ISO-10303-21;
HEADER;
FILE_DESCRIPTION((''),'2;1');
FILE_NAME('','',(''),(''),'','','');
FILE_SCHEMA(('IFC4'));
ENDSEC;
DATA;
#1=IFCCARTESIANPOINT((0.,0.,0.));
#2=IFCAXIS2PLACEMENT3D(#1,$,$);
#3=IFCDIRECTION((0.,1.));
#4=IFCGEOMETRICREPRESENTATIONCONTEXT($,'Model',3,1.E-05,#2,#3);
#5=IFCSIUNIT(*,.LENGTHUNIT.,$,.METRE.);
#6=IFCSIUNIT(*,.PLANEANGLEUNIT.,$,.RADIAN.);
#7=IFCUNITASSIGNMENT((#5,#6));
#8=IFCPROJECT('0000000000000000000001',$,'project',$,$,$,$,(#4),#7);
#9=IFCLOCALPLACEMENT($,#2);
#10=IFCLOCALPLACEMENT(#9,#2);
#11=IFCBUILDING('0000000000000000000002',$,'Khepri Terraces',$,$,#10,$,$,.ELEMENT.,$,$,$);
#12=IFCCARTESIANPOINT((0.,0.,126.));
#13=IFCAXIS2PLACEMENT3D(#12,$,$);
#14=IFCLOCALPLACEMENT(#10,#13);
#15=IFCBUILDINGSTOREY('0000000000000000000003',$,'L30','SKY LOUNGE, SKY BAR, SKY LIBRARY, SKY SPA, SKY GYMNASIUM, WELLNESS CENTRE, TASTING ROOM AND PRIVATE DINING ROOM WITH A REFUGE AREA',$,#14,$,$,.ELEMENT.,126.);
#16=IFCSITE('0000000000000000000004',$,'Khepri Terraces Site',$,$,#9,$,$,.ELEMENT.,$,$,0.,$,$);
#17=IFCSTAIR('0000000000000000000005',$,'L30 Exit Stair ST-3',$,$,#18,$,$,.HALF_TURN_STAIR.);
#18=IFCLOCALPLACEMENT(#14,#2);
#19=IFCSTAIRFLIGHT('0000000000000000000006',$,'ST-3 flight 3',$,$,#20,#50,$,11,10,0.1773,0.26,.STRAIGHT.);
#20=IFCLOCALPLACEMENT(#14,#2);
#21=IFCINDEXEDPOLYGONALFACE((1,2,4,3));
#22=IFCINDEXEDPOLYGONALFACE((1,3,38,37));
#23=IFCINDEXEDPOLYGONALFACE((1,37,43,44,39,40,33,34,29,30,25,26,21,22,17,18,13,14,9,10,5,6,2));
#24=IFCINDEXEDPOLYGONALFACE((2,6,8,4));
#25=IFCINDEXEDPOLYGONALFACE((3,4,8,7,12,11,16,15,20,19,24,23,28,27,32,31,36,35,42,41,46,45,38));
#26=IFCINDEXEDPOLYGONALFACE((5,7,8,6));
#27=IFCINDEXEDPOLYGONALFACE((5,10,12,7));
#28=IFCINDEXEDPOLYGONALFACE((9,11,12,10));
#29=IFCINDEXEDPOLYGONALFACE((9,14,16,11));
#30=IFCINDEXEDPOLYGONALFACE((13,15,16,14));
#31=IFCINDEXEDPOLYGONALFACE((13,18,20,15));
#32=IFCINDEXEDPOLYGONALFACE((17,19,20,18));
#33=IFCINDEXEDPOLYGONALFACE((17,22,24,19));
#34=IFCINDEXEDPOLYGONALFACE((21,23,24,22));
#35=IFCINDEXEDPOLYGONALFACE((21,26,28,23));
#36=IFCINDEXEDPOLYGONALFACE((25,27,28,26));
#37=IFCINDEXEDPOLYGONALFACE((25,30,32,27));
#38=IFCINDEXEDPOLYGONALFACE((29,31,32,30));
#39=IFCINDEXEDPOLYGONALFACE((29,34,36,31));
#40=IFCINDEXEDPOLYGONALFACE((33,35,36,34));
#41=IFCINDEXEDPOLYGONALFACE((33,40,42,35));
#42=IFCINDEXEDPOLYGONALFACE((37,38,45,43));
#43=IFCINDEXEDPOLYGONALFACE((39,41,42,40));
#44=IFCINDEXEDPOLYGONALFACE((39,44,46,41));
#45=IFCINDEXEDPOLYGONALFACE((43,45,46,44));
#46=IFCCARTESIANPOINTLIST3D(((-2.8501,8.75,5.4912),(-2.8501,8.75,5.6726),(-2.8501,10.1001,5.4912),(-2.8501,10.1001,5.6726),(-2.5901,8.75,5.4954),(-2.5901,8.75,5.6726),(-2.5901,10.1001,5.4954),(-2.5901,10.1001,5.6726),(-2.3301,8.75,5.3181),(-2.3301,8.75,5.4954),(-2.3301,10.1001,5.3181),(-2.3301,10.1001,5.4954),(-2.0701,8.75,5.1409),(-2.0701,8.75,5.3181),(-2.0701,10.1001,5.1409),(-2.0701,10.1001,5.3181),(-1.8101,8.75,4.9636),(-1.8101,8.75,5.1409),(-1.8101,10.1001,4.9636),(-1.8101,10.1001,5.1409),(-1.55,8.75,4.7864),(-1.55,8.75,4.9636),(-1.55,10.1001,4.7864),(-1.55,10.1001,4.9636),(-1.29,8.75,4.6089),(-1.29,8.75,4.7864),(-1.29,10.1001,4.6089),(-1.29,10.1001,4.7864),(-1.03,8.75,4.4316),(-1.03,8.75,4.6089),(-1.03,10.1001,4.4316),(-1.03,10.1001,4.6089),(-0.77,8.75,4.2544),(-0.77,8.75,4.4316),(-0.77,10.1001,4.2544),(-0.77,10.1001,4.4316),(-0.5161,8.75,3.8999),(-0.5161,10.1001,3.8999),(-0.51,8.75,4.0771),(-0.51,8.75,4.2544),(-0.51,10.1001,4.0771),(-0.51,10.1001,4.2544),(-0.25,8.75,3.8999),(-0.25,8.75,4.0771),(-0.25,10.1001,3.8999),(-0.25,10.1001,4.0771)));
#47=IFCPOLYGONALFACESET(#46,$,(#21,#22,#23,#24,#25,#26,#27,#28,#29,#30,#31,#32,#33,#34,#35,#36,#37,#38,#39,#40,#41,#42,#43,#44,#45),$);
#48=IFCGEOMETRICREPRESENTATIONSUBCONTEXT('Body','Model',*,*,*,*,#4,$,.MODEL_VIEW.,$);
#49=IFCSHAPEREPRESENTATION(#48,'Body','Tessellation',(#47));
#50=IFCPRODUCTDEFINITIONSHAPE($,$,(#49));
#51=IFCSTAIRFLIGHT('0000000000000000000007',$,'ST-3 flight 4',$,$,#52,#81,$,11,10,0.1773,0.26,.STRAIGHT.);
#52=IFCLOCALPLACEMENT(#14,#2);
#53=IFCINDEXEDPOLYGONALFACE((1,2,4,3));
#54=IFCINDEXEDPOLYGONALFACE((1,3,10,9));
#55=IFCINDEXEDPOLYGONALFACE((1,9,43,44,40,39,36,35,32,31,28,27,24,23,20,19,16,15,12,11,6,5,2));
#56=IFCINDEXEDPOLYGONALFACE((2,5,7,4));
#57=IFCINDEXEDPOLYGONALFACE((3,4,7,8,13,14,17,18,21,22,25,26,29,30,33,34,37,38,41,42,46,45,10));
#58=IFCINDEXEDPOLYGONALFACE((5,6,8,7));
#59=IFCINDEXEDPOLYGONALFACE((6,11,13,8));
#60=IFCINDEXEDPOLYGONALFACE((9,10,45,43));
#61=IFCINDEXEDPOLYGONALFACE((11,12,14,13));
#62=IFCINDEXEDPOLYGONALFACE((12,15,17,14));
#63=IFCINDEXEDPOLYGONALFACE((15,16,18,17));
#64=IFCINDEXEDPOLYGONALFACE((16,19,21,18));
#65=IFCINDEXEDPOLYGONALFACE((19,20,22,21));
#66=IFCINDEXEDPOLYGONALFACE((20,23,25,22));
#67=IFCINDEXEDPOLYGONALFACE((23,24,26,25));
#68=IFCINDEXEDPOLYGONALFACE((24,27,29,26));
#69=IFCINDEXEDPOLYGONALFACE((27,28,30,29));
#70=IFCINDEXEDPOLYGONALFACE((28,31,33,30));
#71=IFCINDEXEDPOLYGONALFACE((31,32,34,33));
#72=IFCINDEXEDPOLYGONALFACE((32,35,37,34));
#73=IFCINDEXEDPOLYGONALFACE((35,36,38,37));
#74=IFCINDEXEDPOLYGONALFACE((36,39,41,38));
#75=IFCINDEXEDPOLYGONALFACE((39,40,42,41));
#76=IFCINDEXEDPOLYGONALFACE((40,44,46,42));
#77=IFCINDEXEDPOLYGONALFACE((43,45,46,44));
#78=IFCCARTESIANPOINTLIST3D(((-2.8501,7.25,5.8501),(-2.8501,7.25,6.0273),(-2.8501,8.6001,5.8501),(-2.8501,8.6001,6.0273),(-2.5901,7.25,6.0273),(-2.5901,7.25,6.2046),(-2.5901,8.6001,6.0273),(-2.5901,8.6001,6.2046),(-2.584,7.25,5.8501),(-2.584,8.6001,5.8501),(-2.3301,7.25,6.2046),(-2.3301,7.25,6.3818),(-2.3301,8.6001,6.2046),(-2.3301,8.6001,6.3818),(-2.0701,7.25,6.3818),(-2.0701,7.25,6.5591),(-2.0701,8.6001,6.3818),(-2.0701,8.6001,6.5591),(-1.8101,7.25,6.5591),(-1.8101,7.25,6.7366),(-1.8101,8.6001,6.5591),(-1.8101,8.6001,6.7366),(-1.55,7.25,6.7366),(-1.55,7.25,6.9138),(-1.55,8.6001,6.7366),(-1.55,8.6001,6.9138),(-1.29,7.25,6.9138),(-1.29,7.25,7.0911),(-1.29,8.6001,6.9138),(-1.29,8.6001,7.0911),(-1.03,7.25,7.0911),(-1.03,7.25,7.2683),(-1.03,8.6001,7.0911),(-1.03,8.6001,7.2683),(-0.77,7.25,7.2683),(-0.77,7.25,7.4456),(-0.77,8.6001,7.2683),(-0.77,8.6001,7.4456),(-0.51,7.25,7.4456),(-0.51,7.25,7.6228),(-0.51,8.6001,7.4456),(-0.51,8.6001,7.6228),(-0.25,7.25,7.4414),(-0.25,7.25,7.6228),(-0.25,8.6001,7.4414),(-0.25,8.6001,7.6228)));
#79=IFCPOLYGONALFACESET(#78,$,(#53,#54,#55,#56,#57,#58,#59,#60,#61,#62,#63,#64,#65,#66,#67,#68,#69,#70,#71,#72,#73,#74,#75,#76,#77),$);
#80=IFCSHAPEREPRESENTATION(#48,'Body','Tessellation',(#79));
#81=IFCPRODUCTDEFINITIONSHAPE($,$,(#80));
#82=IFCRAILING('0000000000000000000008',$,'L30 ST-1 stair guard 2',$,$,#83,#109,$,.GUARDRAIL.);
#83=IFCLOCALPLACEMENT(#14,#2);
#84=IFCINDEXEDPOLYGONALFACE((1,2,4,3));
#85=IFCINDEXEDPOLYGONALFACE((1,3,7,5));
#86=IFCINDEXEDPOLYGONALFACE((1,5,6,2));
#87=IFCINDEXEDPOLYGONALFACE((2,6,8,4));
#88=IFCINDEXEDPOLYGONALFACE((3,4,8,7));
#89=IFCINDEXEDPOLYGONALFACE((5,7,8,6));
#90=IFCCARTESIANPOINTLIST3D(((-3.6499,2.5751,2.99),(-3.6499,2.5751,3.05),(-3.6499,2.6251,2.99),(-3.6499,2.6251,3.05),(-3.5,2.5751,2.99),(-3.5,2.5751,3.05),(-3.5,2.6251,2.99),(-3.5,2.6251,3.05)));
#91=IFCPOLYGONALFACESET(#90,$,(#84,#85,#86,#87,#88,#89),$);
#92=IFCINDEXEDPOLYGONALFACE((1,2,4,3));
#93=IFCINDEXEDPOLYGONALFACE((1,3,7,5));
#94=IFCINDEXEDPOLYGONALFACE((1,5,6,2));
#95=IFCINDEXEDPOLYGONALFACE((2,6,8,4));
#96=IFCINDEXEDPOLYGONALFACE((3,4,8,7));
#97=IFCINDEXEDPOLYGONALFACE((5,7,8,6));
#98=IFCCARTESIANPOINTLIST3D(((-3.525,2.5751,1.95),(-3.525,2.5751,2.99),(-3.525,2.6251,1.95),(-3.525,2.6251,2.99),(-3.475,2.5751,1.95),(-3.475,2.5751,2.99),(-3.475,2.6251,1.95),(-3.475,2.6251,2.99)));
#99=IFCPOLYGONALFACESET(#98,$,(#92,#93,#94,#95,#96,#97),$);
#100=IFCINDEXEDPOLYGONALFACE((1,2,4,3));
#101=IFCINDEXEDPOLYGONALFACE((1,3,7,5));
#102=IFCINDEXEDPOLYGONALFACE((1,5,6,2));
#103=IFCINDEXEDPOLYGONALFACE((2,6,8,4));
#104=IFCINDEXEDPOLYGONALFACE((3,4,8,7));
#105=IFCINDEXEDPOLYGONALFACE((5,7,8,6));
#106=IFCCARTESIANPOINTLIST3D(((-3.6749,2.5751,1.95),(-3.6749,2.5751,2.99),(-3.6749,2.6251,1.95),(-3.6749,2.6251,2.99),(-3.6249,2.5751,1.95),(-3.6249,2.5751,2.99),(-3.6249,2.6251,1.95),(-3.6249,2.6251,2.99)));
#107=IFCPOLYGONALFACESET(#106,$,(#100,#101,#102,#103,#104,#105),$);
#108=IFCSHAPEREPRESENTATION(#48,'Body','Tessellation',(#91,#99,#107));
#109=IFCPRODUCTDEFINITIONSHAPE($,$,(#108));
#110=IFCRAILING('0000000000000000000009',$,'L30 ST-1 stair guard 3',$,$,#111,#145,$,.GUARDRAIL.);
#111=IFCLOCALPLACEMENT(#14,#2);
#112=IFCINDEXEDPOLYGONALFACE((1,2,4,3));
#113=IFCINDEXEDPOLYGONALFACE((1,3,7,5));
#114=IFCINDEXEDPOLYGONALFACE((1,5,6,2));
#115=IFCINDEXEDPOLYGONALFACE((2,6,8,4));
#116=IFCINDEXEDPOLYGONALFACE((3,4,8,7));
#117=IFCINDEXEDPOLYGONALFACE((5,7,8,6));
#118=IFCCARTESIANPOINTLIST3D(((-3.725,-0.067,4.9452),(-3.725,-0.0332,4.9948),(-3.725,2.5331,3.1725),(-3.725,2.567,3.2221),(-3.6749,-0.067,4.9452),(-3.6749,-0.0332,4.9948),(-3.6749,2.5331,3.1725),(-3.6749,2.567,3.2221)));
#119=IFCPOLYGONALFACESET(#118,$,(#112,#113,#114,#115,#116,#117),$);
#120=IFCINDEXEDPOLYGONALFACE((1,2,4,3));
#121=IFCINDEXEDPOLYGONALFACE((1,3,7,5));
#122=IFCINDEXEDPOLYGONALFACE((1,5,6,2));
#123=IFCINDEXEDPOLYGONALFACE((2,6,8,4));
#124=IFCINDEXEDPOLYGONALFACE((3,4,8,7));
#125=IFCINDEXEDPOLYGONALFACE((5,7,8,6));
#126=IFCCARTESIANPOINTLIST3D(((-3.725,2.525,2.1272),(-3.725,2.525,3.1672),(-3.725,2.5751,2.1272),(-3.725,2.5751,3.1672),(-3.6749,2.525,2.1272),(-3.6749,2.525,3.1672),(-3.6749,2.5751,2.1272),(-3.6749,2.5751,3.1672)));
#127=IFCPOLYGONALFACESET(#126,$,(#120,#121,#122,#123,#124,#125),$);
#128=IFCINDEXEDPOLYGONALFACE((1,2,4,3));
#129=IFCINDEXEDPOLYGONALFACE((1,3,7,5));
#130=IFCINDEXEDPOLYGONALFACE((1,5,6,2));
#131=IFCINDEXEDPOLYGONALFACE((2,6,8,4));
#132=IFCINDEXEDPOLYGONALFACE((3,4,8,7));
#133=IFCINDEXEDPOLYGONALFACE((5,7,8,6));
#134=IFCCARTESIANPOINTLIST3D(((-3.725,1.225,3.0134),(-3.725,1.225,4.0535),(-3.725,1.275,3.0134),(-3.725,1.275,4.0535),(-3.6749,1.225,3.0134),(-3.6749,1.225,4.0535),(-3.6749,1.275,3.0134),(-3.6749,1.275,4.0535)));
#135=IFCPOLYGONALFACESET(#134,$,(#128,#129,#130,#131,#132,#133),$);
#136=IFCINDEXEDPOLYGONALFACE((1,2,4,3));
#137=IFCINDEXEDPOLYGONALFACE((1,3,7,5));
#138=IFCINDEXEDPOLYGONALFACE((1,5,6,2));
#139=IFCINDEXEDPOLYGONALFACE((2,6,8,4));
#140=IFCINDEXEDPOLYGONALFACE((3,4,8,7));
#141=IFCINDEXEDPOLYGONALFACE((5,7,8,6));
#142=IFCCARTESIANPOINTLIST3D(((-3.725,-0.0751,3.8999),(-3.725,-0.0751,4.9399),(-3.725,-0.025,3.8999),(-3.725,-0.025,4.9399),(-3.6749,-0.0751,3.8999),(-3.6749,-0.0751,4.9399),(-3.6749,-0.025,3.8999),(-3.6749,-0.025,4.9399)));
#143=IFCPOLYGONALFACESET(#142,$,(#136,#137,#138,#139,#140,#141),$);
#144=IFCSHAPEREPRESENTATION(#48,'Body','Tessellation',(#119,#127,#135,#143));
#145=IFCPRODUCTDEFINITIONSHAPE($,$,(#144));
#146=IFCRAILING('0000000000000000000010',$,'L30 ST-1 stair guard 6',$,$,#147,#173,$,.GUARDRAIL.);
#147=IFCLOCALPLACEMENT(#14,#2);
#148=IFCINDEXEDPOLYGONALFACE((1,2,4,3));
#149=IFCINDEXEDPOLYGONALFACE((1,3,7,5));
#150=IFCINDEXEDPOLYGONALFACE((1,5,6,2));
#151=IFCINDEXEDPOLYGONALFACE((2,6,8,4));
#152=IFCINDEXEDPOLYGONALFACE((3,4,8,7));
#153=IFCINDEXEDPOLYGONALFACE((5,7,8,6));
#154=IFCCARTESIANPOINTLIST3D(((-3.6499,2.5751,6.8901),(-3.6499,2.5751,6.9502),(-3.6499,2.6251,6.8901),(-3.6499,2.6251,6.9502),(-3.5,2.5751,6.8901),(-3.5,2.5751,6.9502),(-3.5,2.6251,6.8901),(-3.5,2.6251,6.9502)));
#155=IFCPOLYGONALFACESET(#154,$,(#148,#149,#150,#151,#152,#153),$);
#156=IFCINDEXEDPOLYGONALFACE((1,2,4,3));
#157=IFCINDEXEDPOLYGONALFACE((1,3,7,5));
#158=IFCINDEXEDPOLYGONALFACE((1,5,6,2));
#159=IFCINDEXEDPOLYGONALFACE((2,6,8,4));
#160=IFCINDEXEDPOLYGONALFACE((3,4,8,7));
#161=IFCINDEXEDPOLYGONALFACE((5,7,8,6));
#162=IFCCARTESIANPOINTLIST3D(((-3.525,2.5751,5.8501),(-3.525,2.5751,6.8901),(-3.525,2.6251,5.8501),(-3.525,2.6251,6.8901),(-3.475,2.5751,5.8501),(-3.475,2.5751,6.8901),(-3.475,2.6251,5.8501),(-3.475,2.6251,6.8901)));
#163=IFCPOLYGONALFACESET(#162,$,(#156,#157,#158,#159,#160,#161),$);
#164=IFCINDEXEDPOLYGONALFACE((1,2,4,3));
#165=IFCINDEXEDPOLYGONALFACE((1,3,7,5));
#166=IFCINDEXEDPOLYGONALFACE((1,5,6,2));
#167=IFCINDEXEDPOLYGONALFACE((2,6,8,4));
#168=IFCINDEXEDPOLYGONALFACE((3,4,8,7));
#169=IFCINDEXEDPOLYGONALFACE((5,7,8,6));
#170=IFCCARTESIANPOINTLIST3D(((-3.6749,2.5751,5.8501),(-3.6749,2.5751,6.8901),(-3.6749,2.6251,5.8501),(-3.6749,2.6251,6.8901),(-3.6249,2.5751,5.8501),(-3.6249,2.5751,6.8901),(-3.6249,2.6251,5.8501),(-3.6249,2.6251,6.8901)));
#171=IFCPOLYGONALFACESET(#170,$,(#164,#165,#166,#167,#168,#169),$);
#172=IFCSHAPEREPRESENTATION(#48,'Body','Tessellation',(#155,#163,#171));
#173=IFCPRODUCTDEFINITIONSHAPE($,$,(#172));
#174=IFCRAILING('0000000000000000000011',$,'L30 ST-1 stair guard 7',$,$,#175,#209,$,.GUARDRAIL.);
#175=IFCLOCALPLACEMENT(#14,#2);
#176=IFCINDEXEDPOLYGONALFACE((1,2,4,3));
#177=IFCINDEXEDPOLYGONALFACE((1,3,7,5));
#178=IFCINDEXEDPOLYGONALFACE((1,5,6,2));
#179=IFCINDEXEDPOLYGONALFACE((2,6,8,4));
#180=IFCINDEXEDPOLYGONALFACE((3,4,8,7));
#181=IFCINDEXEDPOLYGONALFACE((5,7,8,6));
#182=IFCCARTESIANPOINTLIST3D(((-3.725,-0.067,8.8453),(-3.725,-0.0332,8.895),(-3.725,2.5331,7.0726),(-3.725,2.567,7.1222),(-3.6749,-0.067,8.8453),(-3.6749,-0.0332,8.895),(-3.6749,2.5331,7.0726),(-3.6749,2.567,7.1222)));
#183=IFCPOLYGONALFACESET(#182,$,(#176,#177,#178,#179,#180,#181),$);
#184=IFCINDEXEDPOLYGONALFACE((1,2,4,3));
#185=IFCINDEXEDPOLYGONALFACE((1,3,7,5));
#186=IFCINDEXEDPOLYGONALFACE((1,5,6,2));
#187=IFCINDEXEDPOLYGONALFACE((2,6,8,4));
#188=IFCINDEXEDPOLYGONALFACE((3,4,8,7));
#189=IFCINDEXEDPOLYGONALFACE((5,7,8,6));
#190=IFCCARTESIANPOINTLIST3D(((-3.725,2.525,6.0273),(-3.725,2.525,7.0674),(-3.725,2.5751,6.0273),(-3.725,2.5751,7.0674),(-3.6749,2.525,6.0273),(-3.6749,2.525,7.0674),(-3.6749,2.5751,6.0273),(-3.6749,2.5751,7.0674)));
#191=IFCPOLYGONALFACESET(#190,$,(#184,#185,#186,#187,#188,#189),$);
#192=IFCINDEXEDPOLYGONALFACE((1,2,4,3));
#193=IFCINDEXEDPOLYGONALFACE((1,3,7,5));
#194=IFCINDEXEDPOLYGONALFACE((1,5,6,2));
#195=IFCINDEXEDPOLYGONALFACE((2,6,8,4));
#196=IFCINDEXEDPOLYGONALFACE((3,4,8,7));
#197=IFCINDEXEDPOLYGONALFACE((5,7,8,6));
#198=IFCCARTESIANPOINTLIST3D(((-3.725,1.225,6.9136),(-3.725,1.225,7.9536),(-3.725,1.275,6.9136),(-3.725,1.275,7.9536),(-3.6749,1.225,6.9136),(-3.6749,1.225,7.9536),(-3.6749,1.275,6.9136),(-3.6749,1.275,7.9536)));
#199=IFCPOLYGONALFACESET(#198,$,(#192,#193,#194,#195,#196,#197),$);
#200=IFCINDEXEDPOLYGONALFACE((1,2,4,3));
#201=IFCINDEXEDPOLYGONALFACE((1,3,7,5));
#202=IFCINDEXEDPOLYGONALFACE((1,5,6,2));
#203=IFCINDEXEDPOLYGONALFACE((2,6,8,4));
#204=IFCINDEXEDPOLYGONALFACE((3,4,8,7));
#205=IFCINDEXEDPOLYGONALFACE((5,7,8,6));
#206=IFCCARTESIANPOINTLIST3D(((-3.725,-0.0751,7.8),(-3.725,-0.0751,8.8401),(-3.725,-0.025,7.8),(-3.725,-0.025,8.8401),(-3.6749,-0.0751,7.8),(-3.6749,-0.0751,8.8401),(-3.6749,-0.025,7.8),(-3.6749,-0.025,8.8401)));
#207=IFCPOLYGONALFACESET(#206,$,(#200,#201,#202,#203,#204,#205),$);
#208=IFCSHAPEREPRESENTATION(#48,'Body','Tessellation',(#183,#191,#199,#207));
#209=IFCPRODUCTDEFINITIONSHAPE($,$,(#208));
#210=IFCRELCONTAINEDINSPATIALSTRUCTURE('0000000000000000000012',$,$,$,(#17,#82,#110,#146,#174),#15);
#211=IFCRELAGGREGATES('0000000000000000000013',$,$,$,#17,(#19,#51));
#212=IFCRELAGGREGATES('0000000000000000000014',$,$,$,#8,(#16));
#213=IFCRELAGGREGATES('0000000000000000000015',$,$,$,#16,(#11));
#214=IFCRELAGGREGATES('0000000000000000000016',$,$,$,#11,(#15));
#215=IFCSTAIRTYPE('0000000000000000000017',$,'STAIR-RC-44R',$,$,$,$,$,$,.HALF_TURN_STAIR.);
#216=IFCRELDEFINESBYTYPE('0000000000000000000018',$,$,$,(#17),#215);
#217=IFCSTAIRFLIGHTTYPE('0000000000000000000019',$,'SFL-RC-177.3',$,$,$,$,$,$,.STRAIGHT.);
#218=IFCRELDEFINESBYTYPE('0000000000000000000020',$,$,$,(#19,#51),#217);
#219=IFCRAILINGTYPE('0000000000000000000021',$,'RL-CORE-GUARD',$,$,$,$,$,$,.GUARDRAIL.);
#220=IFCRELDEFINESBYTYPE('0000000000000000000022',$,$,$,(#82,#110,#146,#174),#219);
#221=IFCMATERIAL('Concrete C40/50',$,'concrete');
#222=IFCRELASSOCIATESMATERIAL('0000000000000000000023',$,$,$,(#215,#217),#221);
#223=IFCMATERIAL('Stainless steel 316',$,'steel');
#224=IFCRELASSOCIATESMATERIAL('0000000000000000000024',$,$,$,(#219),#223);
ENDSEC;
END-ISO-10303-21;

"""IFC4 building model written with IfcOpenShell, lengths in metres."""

from ifc_helpers import new_model, si_unit, direction, frame, origin, origin_2d, place, context, subcontext, project, spatial, polyline, rectangle, outline, extrude, material, type_object, element, aggregate, save


model = new_model("IFC4")

# Units and contexts
model_context = context("Model", 3, precision=1e-05, world=origin(), true_north=direction((0.0, 1.0)))
body_context = subcontext(model_context, "Body", "Model", "MODEL_VIEW")
ifc_project = project(units=[si_unit("LENGTHUNIT", "METRE"), si_unit("PLANEANGLEUNIT", "RADIAN")], contexts=[model_context])

# Site, building, storey
site_placement = place(None, origin())
site = spatial("IfcSite", under=ifc_project, at=site_placement, Name="Khepri Terraces Site", CompositionType="ELEMENT", RefElevation=0.0)
building_placement = place(site_placement, origin())
building = spatial("IfcBuilding", under=site, at=building_placement, Name="Khepri Terraces", CompositionType="ELEMENT")
storey_placement = place(building_placement, frame((0.0, 0.0, 126.0)))
storey = spatial("IfcBuildingStorey", under=building, at=storey_placement, Name="L30", Description="SKY LOUNGE, SKY BAR, SKY LIBRARY, SKY SPA, SKY GYMNASIUM, WELLNESS CENTRE, TASTING ROOM AND PRIVATE DINING ROOM WITH A REFUGE AREA", CompositionType="ELEMENT", Elevation=126.0)

# Shared definitions
ifc_material_1 = material(Name="Concrete C40/50", Category="concrete")
stair_type = type_object("IfcStairType", Name="STAIR-RC-44R", PredefinedType="HALF_TURN_STAIR", material=ifc_material_1)
stair_flight_type = type_object("IfcStairFlightType", Name="SFL-RC-177.3", PredefinedType="STRAIGHT", material=ifc_material_1)

# Stair, stair flights
stair_1_placement = place(storey_placement, origin())
stair_1 = element("IfcStair", 1, at=stair_1_placement, inside=storey, type_object=stair_type, Name="L30 Exit Stair ST-3", PredefinedType="HALF_TURN_STAIR")
stair_flight_1_placement = place(storey_placement, frame((-0.25, 9.425, 3.8999), z_axis=(0.0, 0.0, 1.0), x_axis=(-1.0, 0.0, 0.0)))
stair_flight_1 = element("IfcStairFlight", 2, at=stair_flight_1_placement, type_object=stair_flight_type, Name="ST-3 flight 3", NumberOfRisers=11, NumberOfTreads=10, PredefinedType="STRAIGHT", RiserHeight=0.1773, TreadLength=0.26, context=body_context, shape_type="SweptSolid", body=[
    extrude(outline(polyline([(0.0, 0.0), (0.0, 0.1772), (0.26, 0.1772), (0.26, 0.3545), (0.52, 0.3545), (0.52, 0.5317), (0.78, 0.5317), (0.78, 0.709), (1.04, 0.709), (1.04, 0.8865), (1.3, 0.8865), (1.3, 1.0637), (1.5601, 1.0637), (1.5601, 1.241), (1.8201, 1.241), (1.8201, 1.4182), (2.0801, 1.4182), (2.0801, 1.5955), (2.3401, 1.5955), (2.3401, 1.7727), (2.6001, 1.7727), (2.6001, 1.95), (2.6001, 1.5913), (0.2661, 0.0), (0.0, 0.0)])), frame((0.0, 0.675, 0.0), z_axis=(0.0, -1.0, 0.0), x_axis=(1.0, 0.0, 0.0)), (0.0, 0.0, 1.0), 1.3501),
])
stair_flight_2_placement = place(storey_placement, frame((-2.8501, 7.925, 5.8501), z_axis=(0.0, 0.0, 1.0), x_axis=(1.0, 0.0, 0.0)))
stair_flight_2 = element("IfcStairFlight", 3, at=stair_flight_2_placement, type_object=stair_flight_type, Name="ST-3 flight 4", NumberOfRisers=11, NumberOfTreads=10, PredefinedType="STRAIGHT", RiserHeight=0.1773, TreadLength=0.26, context=body_context, shape_type="SweptSolid", body=[
    extrude(outline(polyline([(0.0, 0.0), (0.0, 0.1772), (0.26, 0.1772), (0.26, 0.3545), (0.52, 0.3545), (0.52, 0.5317), (0.78, 0.5317), (0.78, 0.709), (1.04, 0.709), (1.04, 0.8865), (1.3, 0.8865), (1.3, 1.0637), (1.5601, 1.0637), (1.5601, 1.241), (1.8201, 1.241), (1.8201, 1.4182), (2.0801, 1.4182), (2.0801, 1.5955), (2.3401, 1.5955), (2.3401, 1.7727), (2.6001, 1.7727), (2.6001, 1.95), (2.6001, 1.5913), (0.2661, 0.0), (0.0, 0.0)])), frame((0.0, 0.675, 0.0), z_axis=(0.0, -1.0, 0.0), x_axis=(1.0, 0.0, 0.0)), (0.0, 0.0, 1.0), 1.3501),
])
aggregate(stair_1, [stair_flight_1, stair_flight_2])

# Railings
ifc_material_2 = material(Name="Stainless steel 316", Category="steel")
railing_type_1 = type_object("IfcRailingType", Name="RL-CORE-GUARD", PredefinedType="GUARDRAIL", material=ifc_material_2)
railing_1_placement = place(storey_placement, frame((-3.5, 2.6001, 1.95)))
element("IfcRailing", 4, at=railing_1_placement, inside=storey, type_object=railing_type_1, Name="L30 ST-1 stair guard 2", PredefinedType="GUARDRAIL", context=body_context, shape_type="SweptSolid", body=[
    extrude(rectangle(XDim=0.05, YDim=0.0601, at=origin_2d()), frame((0.0, 0.0, 1.0701), z_axis=(-1.0, 0.0, 0.0), x_axis=(0.0, -1.0, 0.0)), (0.0, 0.0, 1.0), 0.1499),
    extrude(rectangle(XDim=0.05, YDim=0.05, at=origin_2d()), origin(), (0.0, 0.0, 1.0), 1.04),
    extrude(rectangle(XDim=0.05, YDim=0.05, at=origin_2d()), frame((-0.1499, 0.0, 0.0)), (0.0, 0.0, 1.0), 1.04),
])
railing_2_placement = place(storey_placement, frame((-3.7, 2.55, 2.1272)))
element("IfcRailing", 5, at=railing_2_placement, inside=storey, type_object=railing_type_1, Name="L30 ST-1 stair guard 3", PredefinedType="GUARDRAIL", context=body_context, shape_type="SweptSolid", body=[
    extrude(rectangle(XDim=0.05, YDim=0.0601, at=origin_2d()), frame((0.0, 0.0, 1.0701), z_axis=(0.0, -0.82624, 0.563318), x_axis=(1.0, 0.0, 0.0)), (0.0, 0.0, 1.0), 3.147),
    extrude(rectangle(XDim=0.05, YDim=0.05, at=origin_2d()), origin(), (0.0, 0.0, 1.0), 1.04),
    extrude(rectangle(XDim=0.05, YDim=0.05, at=origin_2d()), frame((0.0, -1.3, 0.8862)), (0.0, 0.0, 1.0), 1.04),
    extrude(rectangle(XDim=0.05, YDim=0.05, at=origin_2d()), frame((0.0, -2.6001, 1.7727)), (0.0, 0.0, 1.0), 1.04),
])
railing_3_placement = place(storey_placement, frame((-3.5, 2.6001, 5.8501)))
element("IfcRailing", 6, at=railing_3_placement, inside=storey, type_object=railing_type_1, Name="L30 ST-1 stair guard 6", PredefinedType="GUARDRAIL", context=body_context, shape_type="SweptSolid", body=[
    extrude(rectangle(XDim=0.05, YDim=0.0601, at=origin_2d()), frame((0.0, 0.0, 1.0701), z_axis=(-1.0, 0.0, 0.0), x_axis=(0.0, -1.0, 0.0)), (0.0, 0.0, 1.0), 0.1499),
    extrude(rectangle(XDim=0.05, YDim=0.05, at=origin_2d()), origin(), (0.0, 0.0, 1.0), 1.04),
    extrude(rectangle(XDim=0.05, YDim=0.05, at=origin_2d()), frame((-0.1499, 0.0, 0.0)), (0.0, 0.0, 1.0), 1.04),
])
railing_4_placement = place(storey_placement, frame((-3.7, 2.55, 6.0273)))
element("IfcRailing", 7, at=railing_4_placement, inside=storey, type_object=railing_type_1, Name="L30 ST-1 stair guard 7", PredefinedType="GUARDRAIL", context=body_context, shape_type="SweptSolid", body=[
    extrude(rectangle(XDim=0.05, YDim=0.0601, at=origin_2d()), frame((0.0, 0.0, 1.0701), z_axis=(0.0, -0.82624, 0.563318), x_axis=(1.0, 0.0, 0.0)), (0.0, 0.0, 1.0), 3.147),
    extrude(rectangle(XDim=0.05, YDim=0.05, at=origin_2d()), origin(), (0.0, 0.0, 1.0), 1.04),
    extrude(rectangle(XDim=0.05, YDim=0.05, at=origin_2d()), frame((0.0, -1.3, 0.8862)), (0.0, 0.0, 1.0), 1.04),
    extrude(rectangle(XDim=0.05, YDim=0.05, at=origin_2d()), frame((0.0, -2.6001, 1.7727)), (0.0, 0.0, 1.0), 1.04),
])

save(model, "model.ifc")
